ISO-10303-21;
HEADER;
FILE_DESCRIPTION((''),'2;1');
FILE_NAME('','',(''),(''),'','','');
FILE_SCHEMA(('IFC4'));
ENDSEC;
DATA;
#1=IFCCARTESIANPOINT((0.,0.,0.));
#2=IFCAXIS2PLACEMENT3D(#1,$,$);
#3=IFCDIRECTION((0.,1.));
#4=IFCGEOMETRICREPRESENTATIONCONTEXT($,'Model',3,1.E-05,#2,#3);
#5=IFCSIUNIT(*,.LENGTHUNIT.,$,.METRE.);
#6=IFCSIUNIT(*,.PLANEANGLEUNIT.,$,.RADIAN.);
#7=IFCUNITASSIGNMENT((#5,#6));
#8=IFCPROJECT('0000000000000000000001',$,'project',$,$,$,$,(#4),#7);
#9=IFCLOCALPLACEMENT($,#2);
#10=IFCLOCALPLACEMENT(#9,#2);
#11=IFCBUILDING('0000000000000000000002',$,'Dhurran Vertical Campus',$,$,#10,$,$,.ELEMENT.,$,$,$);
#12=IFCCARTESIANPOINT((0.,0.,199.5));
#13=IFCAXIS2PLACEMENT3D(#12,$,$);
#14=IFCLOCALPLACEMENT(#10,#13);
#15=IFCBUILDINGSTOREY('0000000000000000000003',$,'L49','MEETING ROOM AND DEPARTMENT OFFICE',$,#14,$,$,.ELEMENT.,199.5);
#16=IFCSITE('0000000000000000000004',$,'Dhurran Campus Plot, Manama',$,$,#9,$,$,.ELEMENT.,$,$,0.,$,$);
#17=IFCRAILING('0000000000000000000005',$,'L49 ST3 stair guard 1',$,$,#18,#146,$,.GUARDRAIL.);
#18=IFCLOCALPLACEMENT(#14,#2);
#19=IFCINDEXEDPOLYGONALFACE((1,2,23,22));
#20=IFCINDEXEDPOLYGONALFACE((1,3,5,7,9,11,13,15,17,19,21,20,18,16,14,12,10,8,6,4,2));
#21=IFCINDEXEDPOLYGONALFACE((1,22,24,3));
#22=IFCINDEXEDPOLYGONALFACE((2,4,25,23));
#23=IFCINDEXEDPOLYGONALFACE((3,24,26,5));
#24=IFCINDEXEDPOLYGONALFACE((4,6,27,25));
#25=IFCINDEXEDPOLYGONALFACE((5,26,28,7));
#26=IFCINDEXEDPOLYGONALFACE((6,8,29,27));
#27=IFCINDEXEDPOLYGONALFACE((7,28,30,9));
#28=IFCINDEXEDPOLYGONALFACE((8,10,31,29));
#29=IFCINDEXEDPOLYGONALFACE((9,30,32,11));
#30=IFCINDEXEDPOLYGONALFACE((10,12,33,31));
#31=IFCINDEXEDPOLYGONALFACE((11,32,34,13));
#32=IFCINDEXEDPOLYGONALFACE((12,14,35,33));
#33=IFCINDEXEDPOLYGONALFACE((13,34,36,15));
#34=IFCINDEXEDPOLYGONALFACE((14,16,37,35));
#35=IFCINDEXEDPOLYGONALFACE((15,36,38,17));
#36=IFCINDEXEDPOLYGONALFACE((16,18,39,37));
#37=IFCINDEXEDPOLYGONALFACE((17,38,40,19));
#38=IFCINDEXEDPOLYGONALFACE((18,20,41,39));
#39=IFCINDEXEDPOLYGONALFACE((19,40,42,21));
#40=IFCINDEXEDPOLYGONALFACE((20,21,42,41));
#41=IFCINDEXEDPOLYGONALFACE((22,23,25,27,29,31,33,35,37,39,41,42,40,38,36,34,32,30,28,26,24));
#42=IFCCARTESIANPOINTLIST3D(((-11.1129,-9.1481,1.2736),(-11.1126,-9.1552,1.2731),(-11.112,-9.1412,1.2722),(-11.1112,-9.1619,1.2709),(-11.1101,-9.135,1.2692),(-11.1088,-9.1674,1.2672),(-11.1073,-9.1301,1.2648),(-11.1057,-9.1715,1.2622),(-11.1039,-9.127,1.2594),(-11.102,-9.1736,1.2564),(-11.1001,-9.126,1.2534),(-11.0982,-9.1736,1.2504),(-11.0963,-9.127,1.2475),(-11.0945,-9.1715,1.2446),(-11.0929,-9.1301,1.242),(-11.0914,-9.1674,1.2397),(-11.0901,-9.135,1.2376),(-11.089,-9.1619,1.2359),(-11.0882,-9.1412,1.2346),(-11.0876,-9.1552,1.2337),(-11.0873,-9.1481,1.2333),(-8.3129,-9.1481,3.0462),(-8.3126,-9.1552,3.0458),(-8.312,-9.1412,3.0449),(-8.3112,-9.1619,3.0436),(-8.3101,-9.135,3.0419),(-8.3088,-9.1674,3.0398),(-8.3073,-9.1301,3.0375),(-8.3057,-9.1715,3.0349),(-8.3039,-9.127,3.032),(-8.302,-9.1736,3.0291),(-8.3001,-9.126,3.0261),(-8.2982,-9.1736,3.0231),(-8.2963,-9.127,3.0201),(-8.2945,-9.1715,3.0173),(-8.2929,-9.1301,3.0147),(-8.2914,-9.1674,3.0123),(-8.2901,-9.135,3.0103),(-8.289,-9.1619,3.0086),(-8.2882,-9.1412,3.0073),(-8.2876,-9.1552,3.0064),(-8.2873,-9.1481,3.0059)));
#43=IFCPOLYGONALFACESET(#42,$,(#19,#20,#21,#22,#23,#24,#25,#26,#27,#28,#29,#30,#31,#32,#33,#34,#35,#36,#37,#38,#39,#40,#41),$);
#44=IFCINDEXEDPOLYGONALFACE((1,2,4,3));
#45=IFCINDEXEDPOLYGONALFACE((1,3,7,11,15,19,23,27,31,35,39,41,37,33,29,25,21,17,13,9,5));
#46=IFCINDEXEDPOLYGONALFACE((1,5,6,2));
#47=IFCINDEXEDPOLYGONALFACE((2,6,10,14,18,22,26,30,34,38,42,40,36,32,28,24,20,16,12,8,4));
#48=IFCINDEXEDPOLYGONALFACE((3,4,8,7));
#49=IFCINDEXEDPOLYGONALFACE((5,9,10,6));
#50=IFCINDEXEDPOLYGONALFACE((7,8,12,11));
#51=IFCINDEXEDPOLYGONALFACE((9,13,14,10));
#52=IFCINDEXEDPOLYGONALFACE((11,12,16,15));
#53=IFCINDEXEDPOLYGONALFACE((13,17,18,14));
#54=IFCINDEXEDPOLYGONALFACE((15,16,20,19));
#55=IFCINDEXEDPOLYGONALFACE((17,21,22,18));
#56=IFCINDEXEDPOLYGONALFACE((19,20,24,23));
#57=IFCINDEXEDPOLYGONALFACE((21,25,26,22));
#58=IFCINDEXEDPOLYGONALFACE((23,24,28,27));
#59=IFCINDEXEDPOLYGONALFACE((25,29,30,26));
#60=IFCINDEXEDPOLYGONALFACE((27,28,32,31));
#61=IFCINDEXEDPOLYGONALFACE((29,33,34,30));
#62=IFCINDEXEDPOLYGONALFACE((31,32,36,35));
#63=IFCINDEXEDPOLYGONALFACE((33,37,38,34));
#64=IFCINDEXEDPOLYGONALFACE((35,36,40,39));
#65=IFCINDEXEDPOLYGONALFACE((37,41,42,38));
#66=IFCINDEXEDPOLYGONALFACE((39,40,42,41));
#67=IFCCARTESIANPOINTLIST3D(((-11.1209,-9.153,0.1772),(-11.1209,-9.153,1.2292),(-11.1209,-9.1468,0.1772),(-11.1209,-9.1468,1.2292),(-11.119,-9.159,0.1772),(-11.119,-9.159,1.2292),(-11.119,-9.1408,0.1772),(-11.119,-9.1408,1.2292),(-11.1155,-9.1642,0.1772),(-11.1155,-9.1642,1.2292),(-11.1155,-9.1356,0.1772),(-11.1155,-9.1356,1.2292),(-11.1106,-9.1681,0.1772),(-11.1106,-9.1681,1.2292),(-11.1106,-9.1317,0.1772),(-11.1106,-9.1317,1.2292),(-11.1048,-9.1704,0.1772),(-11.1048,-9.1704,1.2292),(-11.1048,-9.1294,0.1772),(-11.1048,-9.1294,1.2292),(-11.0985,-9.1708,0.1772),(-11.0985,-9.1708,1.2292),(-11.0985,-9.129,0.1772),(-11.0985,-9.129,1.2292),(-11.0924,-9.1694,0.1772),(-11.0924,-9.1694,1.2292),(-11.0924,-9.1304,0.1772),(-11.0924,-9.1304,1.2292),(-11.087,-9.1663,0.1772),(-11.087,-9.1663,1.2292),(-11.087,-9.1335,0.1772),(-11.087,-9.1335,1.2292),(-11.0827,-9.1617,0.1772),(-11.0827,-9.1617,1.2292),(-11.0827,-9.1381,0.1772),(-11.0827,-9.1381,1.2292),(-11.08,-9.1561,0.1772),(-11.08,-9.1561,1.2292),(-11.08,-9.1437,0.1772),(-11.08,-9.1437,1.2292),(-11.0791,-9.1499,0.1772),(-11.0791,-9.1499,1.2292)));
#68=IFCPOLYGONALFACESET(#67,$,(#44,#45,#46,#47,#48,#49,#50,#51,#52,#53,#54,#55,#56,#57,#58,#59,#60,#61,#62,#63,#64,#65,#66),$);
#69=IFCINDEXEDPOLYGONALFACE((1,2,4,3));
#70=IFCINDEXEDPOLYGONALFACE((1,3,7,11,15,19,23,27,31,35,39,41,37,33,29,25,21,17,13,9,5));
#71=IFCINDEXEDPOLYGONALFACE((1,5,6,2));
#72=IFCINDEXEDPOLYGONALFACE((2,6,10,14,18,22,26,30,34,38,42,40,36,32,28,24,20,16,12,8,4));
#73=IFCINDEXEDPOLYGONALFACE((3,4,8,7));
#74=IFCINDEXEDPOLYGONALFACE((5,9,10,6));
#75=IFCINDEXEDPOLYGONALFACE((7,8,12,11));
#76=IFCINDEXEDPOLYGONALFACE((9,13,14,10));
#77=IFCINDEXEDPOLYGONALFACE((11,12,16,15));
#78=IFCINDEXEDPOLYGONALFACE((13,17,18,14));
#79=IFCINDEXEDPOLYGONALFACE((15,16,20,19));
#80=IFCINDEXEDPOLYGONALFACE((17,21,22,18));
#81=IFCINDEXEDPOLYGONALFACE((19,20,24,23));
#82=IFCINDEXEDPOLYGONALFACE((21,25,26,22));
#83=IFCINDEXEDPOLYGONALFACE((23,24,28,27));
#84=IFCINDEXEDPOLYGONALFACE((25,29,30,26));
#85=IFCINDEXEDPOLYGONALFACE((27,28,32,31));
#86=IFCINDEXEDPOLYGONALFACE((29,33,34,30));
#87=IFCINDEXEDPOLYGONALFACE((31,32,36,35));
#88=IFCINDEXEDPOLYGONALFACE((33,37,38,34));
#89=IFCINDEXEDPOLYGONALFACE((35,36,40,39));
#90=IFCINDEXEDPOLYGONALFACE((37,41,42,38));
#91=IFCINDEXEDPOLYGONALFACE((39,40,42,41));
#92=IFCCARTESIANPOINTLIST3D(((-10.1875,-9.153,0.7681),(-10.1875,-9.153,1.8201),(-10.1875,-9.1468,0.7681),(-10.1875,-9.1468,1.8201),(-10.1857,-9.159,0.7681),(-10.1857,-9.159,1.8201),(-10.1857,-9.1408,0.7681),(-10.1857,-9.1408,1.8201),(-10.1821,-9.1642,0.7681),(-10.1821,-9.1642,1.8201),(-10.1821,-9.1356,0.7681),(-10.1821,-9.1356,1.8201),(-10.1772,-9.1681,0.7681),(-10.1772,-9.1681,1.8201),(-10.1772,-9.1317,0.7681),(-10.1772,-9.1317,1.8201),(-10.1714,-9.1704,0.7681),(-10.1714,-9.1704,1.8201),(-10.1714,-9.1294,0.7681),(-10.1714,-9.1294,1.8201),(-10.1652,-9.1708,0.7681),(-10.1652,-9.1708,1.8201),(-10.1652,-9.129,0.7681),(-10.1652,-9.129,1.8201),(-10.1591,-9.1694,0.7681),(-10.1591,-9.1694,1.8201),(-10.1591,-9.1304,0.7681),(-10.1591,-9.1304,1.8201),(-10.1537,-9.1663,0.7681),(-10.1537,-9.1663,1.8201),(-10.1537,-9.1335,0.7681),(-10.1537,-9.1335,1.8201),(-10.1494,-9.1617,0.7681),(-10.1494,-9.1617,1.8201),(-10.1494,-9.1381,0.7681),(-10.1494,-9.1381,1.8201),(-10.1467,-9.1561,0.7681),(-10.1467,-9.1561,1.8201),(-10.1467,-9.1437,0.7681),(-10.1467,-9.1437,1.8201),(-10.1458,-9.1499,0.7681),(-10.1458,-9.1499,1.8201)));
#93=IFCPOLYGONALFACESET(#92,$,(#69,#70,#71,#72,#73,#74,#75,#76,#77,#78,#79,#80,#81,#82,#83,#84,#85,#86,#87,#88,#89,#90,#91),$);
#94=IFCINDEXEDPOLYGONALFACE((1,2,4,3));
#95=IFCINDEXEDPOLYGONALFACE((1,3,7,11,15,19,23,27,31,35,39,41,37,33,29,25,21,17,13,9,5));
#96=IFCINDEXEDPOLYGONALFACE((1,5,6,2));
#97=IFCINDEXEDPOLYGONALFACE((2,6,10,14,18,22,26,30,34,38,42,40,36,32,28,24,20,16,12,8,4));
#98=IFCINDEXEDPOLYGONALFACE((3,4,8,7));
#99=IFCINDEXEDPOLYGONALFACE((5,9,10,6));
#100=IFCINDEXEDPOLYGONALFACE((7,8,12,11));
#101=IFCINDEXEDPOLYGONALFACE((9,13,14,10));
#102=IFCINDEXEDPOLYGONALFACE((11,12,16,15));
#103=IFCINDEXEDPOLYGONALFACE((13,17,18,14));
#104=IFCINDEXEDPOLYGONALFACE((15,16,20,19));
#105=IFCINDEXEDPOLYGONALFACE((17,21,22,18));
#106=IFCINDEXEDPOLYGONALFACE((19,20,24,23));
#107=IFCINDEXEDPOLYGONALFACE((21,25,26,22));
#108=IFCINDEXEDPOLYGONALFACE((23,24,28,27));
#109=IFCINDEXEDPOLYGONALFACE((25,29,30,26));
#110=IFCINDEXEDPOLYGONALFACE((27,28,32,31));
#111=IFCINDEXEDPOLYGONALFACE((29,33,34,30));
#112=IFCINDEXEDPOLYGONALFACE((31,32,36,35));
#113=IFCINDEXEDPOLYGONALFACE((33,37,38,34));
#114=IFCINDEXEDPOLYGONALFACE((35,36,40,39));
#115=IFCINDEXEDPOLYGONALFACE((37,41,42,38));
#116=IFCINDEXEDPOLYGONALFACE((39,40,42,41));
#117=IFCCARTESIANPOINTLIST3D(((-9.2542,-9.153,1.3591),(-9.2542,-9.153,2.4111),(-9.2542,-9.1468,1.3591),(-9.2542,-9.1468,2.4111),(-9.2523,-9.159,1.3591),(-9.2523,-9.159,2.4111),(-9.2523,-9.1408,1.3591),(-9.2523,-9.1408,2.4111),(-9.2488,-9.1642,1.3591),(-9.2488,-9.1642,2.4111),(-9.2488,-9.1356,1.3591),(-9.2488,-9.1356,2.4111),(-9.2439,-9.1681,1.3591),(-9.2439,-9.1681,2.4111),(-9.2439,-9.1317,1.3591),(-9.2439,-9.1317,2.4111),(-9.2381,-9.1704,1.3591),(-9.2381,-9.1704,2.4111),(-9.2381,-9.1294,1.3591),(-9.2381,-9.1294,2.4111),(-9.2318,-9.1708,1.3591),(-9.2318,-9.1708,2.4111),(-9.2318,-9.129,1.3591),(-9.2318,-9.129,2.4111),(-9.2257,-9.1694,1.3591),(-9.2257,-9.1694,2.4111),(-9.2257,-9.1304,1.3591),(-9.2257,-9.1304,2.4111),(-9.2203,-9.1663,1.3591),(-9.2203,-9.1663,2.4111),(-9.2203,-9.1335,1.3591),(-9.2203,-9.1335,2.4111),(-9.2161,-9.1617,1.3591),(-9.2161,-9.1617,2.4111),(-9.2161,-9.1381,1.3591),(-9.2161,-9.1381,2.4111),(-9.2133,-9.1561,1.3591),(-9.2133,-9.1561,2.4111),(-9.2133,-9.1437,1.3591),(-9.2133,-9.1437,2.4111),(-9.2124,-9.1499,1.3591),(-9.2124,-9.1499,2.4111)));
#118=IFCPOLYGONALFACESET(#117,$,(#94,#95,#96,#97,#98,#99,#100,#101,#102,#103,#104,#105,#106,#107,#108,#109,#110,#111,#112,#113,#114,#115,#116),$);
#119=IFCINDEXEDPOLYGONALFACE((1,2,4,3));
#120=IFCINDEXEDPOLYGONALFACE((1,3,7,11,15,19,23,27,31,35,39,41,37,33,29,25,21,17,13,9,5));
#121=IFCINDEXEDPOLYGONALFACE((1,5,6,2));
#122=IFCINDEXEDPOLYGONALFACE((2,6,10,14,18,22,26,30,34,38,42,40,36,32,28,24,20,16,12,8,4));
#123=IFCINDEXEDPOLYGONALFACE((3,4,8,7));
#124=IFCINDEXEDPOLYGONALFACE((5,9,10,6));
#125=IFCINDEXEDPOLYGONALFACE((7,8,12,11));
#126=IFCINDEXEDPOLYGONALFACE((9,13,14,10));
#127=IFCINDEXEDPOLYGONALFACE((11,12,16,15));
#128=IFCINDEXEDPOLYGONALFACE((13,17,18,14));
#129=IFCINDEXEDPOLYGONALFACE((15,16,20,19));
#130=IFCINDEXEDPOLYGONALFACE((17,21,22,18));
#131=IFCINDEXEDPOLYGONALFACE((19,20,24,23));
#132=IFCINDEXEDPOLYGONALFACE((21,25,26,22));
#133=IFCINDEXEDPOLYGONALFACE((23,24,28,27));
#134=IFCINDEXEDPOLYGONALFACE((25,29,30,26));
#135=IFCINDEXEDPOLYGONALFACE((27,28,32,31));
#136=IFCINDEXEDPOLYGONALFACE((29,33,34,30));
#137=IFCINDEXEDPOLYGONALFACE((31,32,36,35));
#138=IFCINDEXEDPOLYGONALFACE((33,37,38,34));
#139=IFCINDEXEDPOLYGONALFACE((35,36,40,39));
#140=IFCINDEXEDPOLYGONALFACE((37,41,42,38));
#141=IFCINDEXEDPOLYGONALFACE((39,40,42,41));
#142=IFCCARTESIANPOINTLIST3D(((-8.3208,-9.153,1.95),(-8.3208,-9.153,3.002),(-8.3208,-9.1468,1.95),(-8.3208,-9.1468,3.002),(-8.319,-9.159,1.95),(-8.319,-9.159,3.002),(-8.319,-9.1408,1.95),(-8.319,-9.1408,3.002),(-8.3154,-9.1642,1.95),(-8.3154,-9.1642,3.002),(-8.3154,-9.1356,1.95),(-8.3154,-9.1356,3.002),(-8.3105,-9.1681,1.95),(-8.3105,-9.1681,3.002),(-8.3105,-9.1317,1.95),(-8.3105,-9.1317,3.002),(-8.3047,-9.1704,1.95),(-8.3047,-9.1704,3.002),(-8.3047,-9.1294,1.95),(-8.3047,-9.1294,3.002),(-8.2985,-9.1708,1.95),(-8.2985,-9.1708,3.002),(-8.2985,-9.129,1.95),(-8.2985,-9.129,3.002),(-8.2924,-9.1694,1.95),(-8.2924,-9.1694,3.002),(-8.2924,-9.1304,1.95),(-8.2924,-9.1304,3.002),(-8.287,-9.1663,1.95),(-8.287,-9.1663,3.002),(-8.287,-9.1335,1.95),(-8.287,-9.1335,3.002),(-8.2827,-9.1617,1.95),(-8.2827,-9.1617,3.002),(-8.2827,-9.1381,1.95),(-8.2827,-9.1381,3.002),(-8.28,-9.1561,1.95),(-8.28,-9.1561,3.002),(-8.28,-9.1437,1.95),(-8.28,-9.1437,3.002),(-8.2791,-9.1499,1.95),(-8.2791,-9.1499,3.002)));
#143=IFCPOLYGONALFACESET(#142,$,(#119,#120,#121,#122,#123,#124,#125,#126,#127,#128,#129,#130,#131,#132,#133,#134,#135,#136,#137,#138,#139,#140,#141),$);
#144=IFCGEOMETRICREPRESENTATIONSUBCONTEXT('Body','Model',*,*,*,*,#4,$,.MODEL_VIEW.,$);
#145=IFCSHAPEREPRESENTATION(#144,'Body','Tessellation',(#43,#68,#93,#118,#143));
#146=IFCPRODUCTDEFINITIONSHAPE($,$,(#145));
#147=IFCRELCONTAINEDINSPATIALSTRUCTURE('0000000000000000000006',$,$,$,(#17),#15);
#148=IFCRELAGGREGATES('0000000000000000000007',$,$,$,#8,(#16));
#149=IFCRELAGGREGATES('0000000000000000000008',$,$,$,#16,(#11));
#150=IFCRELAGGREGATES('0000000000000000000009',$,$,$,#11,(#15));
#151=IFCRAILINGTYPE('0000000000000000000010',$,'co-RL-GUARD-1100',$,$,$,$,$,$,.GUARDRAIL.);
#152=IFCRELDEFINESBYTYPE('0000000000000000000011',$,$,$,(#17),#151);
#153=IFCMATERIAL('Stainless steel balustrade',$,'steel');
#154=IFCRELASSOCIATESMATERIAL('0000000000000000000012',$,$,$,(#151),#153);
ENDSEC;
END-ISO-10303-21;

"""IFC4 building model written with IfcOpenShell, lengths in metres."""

from ifc_helpers import new_model, si_unit, direction, frame, origin, origin_2d, place, context, subcontext, project, spatial, circle, extrude, material, type_object, element, save


model = new_model("IFC4")

# Units and contexts
model_context = context("Model", 3, precision=1e-05, world=origin(), true_north=direction((0.0, 1.0)))
body_context = subcontext(model_context, "Body", "Model", "MODEL_VIEW")
ifc_project = project(units=[si_unit("LENGTHUNIT", "METRE"), si_unit("PLANEANGLEUNIT", "RADIAN")], contexts=[model_context])

# Site, building, storey
site_placement = place(None, origin())
site = spatial("IfcSite", under=ifc_project, at=site_placement, Name="Dhurran Campus Plot, Manama", CompositionType="ELEMENT", RefElevation=0.0)
building_placement = place(site_placement, origin())
building = spatial("IfcBuilding", under=site, at=building_placement, Name="Dhurran Vertical Campus", CompositionType="ELEMENT")
storey_placement = place(building_placement, frame((0.0, 0.0, 199.5)))
storey = spatial("IfcBuildingStorey", under=building, at=storey_placement, Name="L49", Description="MEETING ROOM AND DEPARTMENT OFFICE", CompositionType="ELEMENT", Elevation=199.5)

# Railing
ifc_material_1 = material(Name="Stainless steel balustrade", Category="steel")
railing_type_1 = type_object("IfcRailingType", Name="co-RL-GUARD-1100", PredefinedType="GUARDRAIL", material=ifc_material_1)
railing_1_placement = place(storey_placement, frame((-11.1001, -9.1499, 0.1772)))
element("IfcRailing", 1, at=railing_1_placement, inside=storey, type_object=railing_type_1, Name="L49 ST3 stair guard 1", PredefinedType="GUARDRAIL", context=body_context, shape_type="SweptSolid", body=[
    extrude(circle(Radius=0.0239, at=origin_2d()), frame((0.0, 0.0, 1.0762), z_axis=(0.844909, 0.0, 0.53491), x_axis=(0.0, 1.0, 0.0)), (0.0, 0.0, 1.0), 3.314),
    extrude(circle(Radius=0.021, at=origin_2d()), origin(), (0.0, 0.0, 1.0), 1.052),
    extrude(circle(Radius=0.021, at=origin_2d()), frame((0.9333, 0.0, 0.5908)), (0.0, 0.0, 1.0), 1.052),
    extrude(circle(Radius=0.021, at=origin_2d()), frame((1.8667, 0.0, 1.1819)), (0.0, 0.0, 1.0), 1.052),
    extrude(circle(Radius=0.021, at=origin_2d()), frame((2.8, 0.0, 1.7727)), (0.0, 0.0, 1.0), 1.052),
])

save(model, "model.ifc")
